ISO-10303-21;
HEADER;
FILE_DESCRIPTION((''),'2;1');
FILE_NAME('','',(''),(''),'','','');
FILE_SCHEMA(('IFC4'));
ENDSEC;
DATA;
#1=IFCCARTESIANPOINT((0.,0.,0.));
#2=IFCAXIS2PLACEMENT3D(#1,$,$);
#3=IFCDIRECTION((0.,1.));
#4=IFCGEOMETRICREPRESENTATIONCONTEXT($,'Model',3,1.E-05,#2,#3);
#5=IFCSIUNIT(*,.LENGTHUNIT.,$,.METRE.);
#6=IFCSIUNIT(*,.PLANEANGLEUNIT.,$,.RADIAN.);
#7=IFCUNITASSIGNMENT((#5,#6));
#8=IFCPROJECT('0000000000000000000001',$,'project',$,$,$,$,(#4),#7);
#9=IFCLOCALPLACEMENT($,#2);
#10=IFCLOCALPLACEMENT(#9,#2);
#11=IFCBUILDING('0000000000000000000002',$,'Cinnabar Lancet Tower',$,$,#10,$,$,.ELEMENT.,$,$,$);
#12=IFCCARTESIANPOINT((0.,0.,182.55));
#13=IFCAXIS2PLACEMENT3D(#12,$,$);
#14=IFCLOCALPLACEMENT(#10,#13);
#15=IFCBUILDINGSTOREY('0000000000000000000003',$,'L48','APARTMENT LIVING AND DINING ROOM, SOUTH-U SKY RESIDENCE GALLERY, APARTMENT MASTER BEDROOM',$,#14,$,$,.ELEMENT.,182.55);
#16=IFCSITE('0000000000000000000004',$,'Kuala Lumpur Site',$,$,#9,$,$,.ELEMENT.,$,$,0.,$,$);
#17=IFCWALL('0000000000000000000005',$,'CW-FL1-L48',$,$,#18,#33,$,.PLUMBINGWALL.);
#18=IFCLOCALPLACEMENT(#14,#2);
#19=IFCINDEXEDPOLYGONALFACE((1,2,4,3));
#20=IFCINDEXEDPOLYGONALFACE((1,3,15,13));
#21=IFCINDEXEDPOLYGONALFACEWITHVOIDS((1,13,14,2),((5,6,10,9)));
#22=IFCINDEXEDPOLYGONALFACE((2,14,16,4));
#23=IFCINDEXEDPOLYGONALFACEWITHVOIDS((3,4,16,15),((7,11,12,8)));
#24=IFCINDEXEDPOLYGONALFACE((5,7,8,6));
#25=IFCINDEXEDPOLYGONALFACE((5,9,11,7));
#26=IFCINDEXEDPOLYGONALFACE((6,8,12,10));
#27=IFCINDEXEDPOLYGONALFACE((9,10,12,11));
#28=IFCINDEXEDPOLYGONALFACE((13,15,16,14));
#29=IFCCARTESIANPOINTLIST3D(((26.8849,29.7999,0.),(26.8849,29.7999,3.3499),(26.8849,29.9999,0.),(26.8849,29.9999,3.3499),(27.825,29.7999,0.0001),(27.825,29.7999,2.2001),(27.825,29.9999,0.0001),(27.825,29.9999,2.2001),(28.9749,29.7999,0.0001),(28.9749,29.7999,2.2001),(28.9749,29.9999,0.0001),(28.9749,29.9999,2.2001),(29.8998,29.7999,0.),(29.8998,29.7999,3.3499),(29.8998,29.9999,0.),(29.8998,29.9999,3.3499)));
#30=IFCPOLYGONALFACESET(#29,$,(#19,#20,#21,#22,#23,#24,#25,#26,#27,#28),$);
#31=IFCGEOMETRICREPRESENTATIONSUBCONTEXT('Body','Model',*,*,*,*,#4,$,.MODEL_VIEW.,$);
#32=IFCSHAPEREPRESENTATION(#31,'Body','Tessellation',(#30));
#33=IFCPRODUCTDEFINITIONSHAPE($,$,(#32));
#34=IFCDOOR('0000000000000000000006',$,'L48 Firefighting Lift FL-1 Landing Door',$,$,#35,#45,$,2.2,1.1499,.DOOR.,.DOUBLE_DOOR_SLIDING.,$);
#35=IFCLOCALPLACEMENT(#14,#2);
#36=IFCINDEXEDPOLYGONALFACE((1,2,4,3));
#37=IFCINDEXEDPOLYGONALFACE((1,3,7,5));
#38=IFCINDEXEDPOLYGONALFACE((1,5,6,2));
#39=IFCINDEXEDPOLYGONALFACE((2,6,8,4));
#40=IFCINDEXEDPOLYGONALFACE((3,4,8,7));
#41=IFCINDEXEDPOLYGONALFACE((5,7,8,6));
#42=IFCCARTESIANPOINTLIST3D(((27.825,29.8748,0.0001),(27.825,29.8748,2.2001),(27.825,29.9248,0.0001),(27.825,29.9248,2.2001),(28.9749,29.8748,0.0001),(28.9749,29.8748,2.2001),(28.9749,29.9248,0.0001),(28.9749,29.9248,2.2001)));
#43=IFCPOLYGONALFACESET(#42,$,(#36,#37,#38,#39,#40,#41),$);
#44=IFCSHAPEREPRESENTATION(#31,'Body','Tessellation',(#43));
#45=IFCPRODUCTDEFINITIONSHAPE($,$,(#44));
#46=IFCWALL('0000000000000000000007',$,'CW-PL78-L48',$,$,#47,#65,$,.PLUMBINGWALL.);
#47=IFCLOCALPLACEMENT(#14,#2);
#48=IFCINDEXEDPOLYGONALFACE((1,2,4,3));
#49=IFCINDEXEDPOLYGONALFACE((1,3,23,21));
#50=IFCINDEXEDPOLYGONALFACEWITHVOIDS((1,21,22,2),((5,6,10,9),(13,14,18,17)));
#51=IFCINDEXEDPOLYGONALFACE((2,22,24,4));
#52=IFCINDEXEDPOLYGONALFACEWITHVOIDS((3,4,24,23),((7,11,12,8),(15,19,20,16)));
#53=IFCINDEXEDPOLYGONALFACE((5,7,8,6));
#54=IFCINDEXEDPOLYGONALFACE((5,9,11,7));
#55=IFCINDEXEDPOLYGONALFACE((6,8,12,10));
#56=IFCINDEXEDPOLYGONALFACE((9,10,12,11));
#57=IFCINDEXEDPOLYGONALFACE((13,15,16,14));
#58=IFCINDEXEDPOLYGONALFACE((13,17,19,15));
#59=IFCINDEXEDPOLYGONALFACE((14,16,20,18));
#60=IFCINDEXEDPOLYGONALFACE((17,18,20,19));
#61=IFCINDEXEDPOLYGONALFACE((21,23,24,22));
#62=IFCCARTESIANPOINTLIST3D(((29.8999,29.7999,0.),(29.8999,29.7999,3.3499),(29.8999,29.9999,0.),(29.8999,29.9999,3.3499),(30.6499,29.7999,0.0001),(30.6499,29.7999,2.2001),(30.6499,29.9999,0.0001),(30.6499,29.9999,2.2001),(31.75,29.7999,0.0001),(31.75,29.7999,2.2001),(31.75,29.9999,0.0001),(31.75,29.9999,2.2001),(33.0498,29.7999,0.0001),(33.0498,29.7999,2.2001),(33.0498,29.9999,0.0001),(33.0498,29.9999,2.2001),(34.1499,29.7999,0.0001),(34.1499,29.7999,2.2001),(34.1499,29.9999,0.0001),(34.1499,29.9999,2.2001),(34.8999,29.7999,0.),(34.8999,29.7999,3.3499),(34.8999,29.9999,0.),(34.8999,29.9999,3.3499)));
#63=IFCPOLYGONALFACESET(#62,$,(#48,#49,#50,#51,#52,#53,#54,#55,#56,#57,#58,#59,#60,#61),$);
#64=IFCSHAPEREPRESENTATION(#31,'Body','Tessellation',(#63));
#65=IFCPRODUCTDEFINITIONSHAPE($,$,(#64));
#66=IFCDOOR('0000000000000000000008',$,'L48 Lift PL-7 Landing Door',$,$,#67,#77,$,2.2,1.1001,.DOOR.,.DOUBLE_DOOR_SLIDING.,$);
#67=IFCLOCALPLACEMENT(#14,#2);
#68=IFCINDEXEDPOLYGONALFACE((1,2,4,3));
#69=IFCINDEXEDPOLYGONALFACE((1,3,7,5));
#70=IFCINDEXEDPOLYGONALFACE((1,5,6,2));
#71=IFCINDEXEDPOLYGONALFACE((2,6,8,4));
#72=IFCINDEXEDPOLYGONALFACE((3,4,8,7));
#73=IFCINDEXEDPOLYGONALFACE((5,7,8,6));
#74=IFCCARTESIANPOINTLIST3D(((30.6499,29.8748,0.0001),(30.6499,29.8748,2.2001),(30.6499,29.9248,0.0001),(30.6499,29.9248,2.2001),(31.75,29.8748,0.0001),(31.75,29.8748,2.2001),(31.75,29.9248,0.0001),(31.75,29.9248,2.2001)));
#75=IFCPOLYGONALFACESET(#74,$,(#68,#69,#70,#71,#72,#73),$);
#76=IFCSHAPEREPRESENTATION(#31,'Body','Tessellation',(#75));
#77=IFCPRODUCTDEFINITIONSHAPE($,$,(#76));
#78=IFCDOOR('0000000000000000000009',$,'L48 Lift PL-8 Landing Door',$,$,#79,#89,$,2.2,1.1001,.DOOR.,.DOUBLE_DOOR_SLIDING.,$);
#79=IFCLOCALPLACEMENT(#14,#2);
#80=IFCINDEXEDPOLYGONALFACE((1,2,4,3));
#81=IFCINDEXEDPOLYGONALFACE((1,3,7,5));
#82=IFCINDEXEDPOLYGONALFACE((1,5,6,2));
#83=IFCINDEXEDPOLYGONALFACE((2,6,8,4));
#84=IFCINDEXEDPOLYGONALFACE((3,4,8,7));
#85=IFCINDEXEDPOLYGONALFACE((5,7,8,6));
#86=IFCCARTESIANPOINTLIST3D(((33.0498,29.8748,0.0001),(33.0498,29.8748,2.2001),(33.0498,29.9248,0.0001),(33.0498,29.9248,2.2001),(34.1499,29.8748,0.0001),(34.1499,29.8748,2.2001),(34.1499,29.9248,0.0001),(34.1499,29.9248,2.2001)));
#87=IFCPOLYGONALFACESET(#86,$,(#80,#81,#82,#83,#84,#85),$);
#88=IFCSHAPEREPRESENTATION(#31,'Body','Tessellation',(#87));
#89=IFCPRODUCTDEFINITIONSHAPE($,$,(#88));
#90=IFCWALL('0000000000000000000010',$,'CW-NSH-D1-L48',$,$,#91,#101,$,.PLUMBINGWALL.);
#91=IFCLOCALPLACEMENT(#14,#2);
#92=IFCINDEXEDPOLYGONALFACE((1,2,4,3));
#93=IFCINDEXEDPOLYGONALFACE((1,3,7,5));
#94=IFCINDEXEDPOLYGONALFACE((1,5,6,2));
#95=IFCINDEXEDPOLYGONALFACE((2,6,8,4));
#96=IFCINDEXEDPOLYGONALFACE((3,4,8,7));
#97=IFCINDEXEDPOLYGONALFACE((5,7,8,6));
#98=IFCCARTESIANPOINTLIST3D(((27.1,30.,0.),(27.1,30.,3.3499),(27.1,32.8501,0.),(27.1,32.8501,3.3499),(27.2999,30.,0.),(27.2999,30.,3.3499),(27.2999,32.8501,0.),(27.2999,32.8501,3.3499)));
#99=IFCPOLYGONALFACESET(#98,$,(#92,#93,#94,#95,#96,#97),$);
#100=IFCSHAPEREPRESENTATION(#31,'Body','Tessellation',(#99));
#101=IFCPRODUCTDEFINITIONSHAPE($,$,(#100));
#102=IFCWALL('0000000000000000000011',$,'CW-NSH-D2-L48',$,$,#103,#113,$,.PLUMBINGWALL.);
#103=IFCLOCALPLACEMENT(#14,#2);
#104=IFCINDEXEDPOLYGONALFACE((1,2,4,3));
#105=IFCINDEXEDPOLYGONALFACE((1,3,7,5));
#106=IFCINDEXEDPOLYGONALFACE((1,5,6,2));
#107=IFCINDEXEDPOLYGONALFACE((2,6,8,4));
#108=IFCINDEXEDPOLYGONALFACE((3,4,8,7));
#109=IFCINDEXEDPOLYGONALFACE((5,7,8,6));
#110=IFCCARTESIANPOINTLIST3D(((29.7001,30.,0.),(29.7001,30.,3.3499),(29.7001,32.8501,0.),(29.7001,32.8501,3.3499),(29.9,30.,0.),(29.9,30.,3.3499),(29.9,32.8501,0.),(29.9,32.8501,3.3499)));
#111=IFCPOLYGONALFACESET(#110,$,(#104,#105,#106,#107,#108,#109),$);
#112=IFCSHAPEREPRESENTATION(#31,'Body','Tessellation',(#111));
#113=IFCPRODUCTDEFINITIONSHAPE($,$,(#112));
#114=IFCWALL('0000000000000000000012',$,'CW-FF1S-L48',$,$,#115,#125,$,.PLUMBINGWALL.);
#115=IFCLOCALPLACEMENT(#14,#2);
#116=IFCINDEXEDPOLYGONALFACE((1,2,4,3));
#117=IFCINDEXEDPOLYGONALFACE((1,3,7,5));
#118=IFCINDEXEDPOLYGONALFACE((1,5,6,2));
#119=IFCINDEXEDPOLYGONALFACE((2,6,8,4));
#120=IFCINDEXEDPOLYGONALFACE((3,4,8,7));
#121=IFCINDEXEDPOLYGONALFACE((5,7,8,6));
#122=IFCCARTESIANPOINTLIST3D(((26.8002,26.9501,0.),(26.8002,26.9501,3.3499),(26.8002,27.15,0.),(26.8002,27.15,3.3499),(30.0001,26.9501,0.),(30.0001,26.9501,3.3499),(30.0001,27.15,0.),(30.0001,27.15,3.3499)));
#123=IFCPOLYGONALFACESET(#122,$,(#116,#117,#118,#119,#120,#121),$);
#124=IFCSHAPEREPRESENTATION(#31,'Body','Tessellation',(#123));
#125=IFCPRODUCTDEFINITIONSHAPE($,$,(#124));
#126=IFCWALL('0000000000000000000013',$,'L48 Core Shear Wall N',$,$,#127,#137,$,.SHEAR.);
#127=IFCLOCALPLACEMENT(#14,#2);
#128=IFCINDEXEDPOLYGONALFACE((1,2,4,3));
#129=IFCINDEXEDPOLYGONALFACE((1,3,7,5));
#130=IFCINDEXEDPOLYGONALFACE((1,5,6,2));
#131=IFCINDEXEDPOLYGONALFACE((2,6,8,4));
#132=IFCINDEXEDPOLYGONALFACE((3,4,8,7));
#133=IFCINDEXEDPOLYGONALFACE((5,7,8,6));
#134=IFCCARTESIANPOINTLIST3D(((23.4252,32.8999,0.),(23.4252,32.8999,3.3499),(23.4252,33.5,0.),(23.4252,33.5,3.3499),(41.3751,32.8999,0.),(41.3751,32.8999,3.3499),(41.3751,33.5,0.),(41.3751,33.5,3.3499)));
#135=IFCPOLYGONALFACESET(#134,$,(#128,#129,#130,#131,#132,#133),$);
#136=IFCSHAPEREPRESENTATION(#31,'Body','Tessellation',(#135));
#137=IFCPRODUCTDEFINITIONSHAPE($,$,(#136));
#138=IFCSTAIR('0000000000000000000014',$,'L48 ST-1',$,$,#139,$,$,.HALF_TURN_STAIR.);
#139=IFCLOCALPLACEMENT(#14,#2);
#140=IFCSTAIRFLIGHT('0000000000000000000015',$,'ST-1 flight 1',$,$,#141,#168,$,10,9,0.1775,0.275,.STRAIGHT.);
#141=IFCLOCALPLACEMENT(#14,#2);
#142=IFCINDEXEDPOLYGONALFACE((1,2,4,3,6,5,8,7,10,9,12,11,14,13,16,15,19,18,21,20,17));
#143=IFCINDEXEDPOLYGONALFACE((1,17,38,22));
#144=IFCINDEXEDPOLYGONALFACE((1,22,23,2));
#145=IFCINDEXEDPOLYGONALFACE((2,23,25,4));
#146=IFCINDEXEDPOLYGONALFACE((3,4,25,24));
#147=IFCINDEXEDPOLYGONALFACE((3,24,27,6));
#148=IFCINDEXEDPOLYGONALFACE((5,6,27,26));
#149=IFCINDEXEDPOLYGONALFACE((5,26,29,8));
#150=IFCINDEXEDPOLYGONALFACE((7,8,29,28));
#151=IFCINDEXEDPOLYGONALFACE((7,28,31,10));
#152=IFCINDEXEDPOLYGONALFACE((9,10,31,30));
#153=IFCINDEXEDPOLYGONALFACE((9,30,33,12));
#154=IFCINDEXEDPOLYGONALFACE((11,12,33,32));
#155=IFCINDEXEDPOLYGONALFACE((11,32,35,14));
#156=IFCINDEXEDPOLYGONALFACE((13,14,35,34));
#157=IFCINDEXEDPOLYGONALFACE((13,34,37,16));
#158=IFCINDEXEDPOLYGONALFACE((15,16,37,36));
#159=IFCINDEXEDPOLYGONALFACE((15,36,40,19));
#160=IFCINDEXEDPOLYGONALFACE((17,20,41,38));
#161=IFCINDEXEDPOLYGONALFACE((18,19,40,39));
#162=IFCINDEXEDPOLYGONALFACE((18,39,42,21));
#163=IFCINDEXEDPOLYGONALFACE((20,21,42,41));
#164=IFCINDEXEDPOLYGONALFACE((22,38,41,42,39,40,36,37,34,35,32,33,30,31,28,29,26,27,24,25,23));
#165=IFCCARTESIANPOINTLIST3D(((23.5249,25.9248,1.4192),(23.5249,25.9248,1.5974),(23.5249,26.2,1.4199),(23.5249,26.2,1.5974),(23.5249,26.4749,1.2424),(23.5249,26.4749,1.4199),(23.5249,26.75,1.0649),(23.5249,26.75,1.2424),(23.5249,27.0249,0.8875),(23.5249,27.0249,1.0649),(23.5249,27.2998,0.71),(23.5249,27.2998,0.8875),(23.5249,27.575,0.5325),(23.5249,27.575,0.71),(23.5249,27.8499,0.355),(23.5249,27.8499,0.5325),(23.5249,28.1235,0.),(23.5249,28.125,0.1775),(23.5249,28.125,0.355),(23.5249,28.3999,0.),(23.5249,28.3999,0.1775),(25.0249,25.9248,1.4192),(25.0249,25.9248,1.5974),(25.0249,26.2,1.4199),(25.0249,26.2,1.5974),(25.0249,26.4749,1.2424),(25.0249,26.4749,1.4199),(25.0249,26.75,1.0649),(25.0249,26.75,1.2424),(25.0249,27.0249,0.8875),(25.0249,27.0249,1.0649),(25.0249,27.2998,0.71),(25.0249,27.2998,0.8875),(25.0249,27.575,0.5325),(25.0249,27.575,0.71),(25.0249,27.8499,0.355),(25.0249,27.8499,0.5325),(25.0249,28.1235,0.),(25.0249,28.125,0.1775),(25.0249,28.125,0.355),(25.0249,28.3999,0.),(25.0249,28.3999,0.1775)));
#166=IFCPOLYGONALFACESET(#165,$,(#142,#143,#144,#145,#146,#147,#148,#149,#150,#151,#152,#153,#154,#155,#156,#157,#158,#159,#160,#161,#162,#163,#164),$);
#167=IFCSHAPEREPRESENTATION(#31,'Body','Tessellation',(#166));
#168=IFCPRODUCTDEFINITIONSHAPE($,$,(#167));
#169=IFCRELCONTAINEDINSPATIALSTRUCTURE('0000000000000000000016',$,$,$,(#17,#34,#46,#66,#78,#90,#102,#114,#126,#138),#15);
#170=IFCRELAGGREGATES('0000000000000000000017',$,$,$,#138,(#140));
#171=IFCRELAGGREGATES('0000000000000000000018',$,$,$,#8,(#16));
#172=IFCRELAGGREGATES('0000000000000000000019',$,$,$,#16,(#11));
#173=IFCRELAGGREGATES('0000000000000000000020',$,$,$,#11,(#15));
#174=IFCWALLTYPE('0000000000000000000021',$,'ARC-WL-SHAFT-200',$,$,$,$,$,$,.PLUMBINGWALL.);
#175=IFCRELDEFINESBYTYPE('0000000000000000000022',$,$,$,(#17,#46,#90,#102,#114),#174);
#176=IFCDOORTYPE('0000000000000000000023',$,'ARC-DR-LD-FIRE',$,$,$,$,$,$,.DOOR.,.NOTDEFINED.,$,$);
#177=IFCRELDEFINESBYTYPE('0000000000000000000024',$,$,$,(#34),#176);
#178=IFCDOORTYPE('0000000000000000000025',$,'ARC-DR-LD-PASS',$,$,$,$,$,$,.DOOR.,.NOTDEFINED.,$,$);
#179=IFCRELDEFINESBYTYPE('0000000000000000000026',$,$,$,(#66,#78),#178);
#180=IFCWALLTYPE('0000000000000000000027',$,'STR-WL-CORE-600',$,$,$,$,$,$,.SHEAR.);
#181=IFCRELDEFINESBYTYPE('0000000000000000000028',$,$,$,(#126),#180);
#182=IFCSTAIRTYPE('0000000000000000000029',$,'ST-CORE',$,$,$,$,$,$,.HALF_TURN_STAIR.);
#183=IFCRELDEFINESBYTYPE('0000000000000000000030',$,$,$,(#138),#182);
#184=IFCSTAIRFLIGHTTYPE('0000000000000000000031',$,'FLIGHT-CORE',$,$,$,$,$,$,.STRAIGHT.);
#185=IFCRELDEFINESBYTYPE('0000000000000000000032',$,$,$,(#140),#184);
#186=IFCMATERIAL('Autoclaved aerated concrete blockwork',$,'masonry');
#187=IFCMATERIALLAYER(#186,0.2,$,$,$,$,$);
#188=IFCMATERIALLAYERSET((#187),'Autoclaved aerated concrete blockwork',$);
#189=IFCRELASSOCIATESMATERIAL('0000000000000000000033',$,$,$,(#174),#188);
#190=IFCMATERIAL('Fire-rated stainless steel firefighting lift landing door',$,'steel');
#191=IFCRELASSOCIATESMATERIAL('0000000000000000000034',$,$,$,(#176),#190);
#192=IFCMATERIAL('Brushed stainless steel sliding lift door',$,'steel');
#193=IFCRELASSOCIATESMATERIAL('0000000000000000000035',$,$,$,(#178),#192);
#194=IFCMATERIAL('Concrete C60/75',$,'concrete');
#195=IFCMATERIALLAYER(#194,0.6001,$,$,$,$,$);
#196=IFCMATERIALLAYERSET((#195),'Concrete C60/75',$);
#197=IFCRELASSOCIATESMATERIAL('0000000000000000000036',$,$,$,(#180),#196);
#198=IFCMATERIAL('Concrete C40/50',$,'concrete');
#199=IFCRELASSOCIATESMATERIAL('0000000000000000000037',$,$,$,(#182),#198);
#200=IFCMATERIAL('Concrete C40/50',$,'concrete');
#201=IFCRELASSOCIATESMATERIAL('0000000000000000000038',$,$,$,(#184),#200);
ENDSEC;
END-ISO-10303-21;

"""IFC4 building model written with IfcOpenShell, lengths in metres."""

from ifc_helpers import new_model, si_unit, direction, frame, frame_2d, origin, place, context, subcontext, project, spatial, polyline, rectangle, outline, extrude, material, layer, layer_set, type_object, element, fill, aggregate, save


model = new_model("IFC4")

# Units and contexts
model_context = context("Model", 3, precision=1e-05, world=origin(), true_north=direction((0.0, 1.0)))
body_context = subcontext(model_context, "Body", "Model", "MODEL_VIEW")
ifc_project = project(units=[si_unit("LENGTHUNIT", "METRE"), si_unit("PLANEANGLEUNIT", "RADIAN")], contexts=[model_context])

# Site, building, storey
site_placement = place(None, origin())
site = spatial("IfcSite", under=ifc_project, at=site_placement, Name="Kuala Lumpur Site", CompositionType="ELEMENT", RefElevation=0.0)
building_placement = place(site_placement, origin())
building = spatial("IfcBuilding", under=site, at=building_placement, Name="Cinnabar Lancet Tower", CompositionType="ELEMENT")
storey_placement = place(building_placement, frame((0.0, 0.0, 182.55)))
storey = spatial("IfcBuildingStorey", under=building, at=storey_placement, Name="L48", Description="APARTMENT LIVING AND DINING ROOM, SOUTH-U SKY RESIDENCE GALLERY, APARTMENT MASTER BEDROOM", CompositionType="ELEMENT", Elevation=182.55)

# Wall, opening, door
ifc_material_1 = material(Name="Autoclaved aerated concrete blockwork", Category="masonry")
ifc_layer_1 = layer(ifc_material_1, 0.2)
ifc_layer_set_1 = layer_set([ifc_layer_1], Name="Autoclaved aerated concrete blockwork")
wall_type_1 = type_object("IfcWallType", Name="ARC-WL-SHAFT-200", PredefinedType="PLUMBINGWALL", material=ifc_layer_set_1)
wall_1_placement = place(storey_placement, frame((26.885, 29.8999, 0.0), z_axis=(0.0, 0.0, 1.0), x_axis=(1.0, 0.0, 0.0)))
wall_1 = element("IfcWall", 1, at=wall_1_placement, inside=storey, type_object=wall_type_1, Name="CW-FL1-L48", PredefinedType="PLUMBINGWALL", context=body_context, shape_type="SweptSolid", body=[
    extrude(rectangle(XDim=3.0149, YDim=0.2, at=frame_2d((1.5073, 0.0))), origin(), (0.0, 0.0, 1.0), 3.3499),
])
opening_1_placement = place(wall_1_placement, frame((0.9399, 0.0, 0.0)))
opening_1 = element("IfcOpeningElement", 2, at=opening_1_placement, cuts=wall_1, PredefinedType="OPENING", context=body_context, shape_type="SweptSolid", body=[
    extrude(rectangle(XDim=1.1499, YDim=2.2, at=frame_2d((0.575, 1.1001))), frame((0.0, 0.1099, 0.0), z_axis=(0.0, -1.0, 0.0), x_axis=(1.0, 0.0, 0.0)), (0.0, 0.0, 1.0), 0.22),
])
ifc_material_2 = material(Name="Fire-rated stainless steel firefighting lift landing door", Category="steel")
door_type_1 = type_object("IfcDoorType", Name="ARC-DR-LD-FIRE", OperationType="NOTDEFINED", PredefinedType="DOOR", material=ifc_material_2)
door_1_placement = place(opening_1_placement, origin())
door_1 = element("IfcDoor", 3, at=door_1_placement, inside=storey, type_object=door_type_1, Name="L48 Firefighting Lift FL-1 Landing Door", OperationType="DOUBLE_DOOR_SLIDING", OverallHeight=2.2, OverallWidth=1.1499, PredefinedType="DOOR", context=body_context, shape_type="SweptSolid", body=[
    extrude(rectangle(XDim=1.1499, YDim=2.2, at=frame_2d((0.575, 1.1001))), frame((0.0, 0.0249, 0.0), z_axis=(0.0, -1.0, 0.0), x_axis=(1.0, 0.0, 0.0)), (0.0, 0.0, 1.0), 0.05),
])
fill(opening_1, door_1)

# Wall, openings, doors
wall_2_placement = place(storey_placement, frame((29.8999, 29.8999, 0.0), z_axis=(0.0, 0.0, 1.0), x_axis=(1.0, 0.0, 0.0)))
wall_2 = element("IfcWall", 4, at=wall_2_placement, inside=storey, type_object=wall_type_1, Name="CW-PL78-L48", PredefinedType="PLUMBINGWALL", context=body_context, shape_type="SweptSolid", body=[
    extrude(rectangle(XDim=5.0, YDim=0.2, at=frame_2d((2.5, 0.0))), origin(), (0.0, 0.0, 1.0), 3.3499),
])
opening_2_placement = place(wall_2_placement, frame((0.75, 0.0, 0.0)))
opening_2 = element("IfcOpeningElement", 5, at=opening_2_placement, cuts=wall_2, PredefinedType="OPENING", context=body_context, shape_type="SweptSolid", body=[
    extrude(rectangle(XDim=1.1001, YDim=2.2, at=frame_2d((0.55, 1.1001))), frame((0.0, 0.1099, 0.0), z_axis=(0.0, -1.0, 0.0), x_axis=(1.0, 0.0, 0.0)), (0.0, 0.0, 1.0), 0.22),
])
opening_3_placement = place(wall_2_placement, frame((3.1499, 0.0, 0.0)))
opening_3 = element("IfcOpeningElement", 6, at=opening_3_placement, cuts=wall_2, PredefinedType="OPENING", context=body_context, shape_type="SweptSolid", body=[
    extrude(rectangle(XDim=1.1001, YDim=2.2, at=frame_2d((0.55, 1.1001))), frame((0.0, 0.1099, 0.0), z_axis=(0.0, -1.0, 0.0), x_axis=(1.0, 0.0, 0.0)), (0.0, 0.0, 1.0), 0.22),
])
ifc_material_3 = material(Name="Brushed stainless steel sliding lift door", Category="steel")
door_type_2 = type_object("IfcDoorType", Name="ARC-DR-LD-PASS", OperationType="NOTDEFINED", PredefinedType="DOOR", material=ifc_material_3)
door_2_placement = place(opening_2_placement, origin())
door_2 = element("IfcDoor", 7, at=door_2_placement, inside=storey, type_object=door_type_2, Name="L48 Lift PL-7 Landing Door", OperationType="DOUBLE_DOOR_SLIDING", OverallHeight=2.2, OverallWidth=1.1001, PredefinedType="DOOR", context=body_context, shape_type="SweptSolid", body=[
    extrude(rectangle(XDim=1.1001, YDim=2.2, at=frame_2d((0.55, 1.1001))), frame((0.0, 0.0249, 0.0), z_axis=(0.0, -1.0, 0.0), x_axis=(1.0, 0.0, 0.0)), (0.0, 0.0, 1.0), 0.05),
])
fill(opening_2, door_2)
door_3_placement = place(opening_3_placement, origin())
door_3 = element("IfcDoor", 8, at=door_3_placement, inside=storey, type_object=door_type_2, Name="L48 Lift PL-8 Landing Door", OperationType="DOUBLE_DOOR_SLIDING", OverallHeight=2.2, OverallWidth=1.1001, PredefinedType="DOOR", context=body_context, shape_type="SweptSolid", body=[
    extrude(rectangle(XDim=1.1001, YDim=2.2, at=frame_2d((0.55, 1.1001))), frame((0.0, 0.0249, 0.0), z_axis=(0.0, -1.0, 0.0), x_axis=(1.0, 0.0, 0.0)), (0.0, 0.0, 1.0), 0.05),
])
fill(opening_3, door_3)

# Walls
for number, where, z_axis, x_axis, name in (
    (9, (27.2, 30.0, 0.0), (0.0, 0.0, 1.0), (0.0, 1.0, 0.0), "CW-NSH-D1-L48"),
    (10, (29.8, 30.0, 0.0), (0.0, 0.0, 1.0), (0.0, 1.0, 0.0), "CW-NSH-D2-L48"),
):
    element("IfcWall", number, at=place(storey_placement, frame(where, z_axis=z_axis, x_axis=x_axis)), inside=storey, type_object=wall_type_1, Name=name, PredefinedType="PLUMBINGWALL", context=body_context, shape_type="SweptSolid", body=[
        extrude(rectangle(XDim=2.8501, YDim=0.2, at=frame_2d((1.425, 0.0))), origin(), (0.0, 0.0, 1.0), 3.3499),
    ])

# Walls
wall_3_placement = place(storey_placement, frame((26.8, 27.05, 0.0), z_axis=(0.0, 0.0, 1.0), x_axis=(1.0, 0.0, 0.0)))
element("IfcWall", 11, at=wall_3_placement, inside=storey, type_object=wall_type_1, Name="CW-FF1S-L48", PredefinedType="PLUMBINGWALL", context=body_context, shape_type="SweptSolid", body=[
    extrude(rectangle(XDim=3.2, YDim=0.2, at=frame_2d((1.6001, 0.0))), origin(), (0.0, 0.0, 1.0), 3.3499),
])
ifc_material_4 = material(Name="Concrete C60/75", Category="concrete")
ifc_layer_2 = layer(ifc_material_4, 0.6001)
ifc_layer_set_2 = layer_set([ifc_layer_2], Name="Concrete C60/75")
wall_type_2 = type_object("IfcWallType", Name="STR-WL-CORE-600", PredefinedType="SHEAR", material=ifc_layer_set_2)
wall_4_placement = place(storey_placement, frame((23.425, 33.2, 0.0), z_axis=(0.0, 0.0, 1.0), x_axis=(1.0, 0.0, 0.0)))
element("IfcWall", 12, at=wall_4_placement, inside=storey, type_object=wall_type_2, Name="L48 Core Shear Wall N", PredefinedType="SHEAR", context=body_context, shape_type="SweptSolid", body=[
    extrude(rectangle(XDim=17.95, YDim=0.6001, at=frame_2d((8.9751, 0.0))), origin(), (0.0, 0.0, 1.0), 3.3499),
])

# Stair, stair flight
ifc_material_5 = material(Name="Concrete C40/50", Category="concrete")
stair_type = type_object("IfcStairType", Name="ST-CORE", PredefinedType="HALF_TURN_STAIR", material=ifc_material_5)
stair_placement = place(storey_placement, origin())
stair = element("IfcStair", 13, at=stair_placement, inside=storey, type_object=stair_type, Name="L48 ST-1", PredefinedType="HALF_TURN_STAIR")
ifc_material_6 = material(Name="Concrete C40/50", Category="concrete")
stair_flight_type = type_object("IfcStairFlightType", Name="FLIGHT-CORE", PredefinedType="STRAIGHT", material=ifc_material_6)
stair_flight_1_placement = place(storey_placement, frame((24.2749, 28.3999, 0.0), z_axis=(0.0, 0.0, 1.0), x_axis=(0.0, -1.0, 0.0)))
stair_flight_1 = element("IfcStairFlight", 14, at=stair_flight_1_placement, type_object=stair_flight_type, Name="ST-1 flight 1", NumberOfRisers=10, NumberOfTreads=9, PredefinedType="STRAIGHT", RiserHeight=0.1775, TreadLength=0.275, context=body_context, shape_type="SweptSolid", body=[
    extrude(outline(polyline([(0.0, 0.0), (0.0, 0.1775), (0.2749, 0.1775), (0.2749, 0.355), (0.55, 0.355), (0.55, 0.5325), (0.825, 0.5325), (0.825, 0.71), (1.1001, 0.71), (1.1001, 0.8875), (1.375, 0.8875), (1.375, 1.0649), (1.6499, 1.0649), (1.6499, 1.2424), (1.925, 1.2424), (1.925, 1.4199), (2.2, 1.4199), (2.2, 1.5974), (2.4751, 1.5974), (2.4751, 1.7749), (2.4751, 1.4192), (0.2764, 0.0), (0.0, 0.0)])), frame((0.0, 0.75, 0.0), z_axis=(0.0, -1.0, 0.0), x_axis=(1.0, 0.0, 0.0)), (0.0, 0.0, 1.0), 1.5),
])
aggregate(stair, [stair_flight_1])

save(model, "model.ifc")
